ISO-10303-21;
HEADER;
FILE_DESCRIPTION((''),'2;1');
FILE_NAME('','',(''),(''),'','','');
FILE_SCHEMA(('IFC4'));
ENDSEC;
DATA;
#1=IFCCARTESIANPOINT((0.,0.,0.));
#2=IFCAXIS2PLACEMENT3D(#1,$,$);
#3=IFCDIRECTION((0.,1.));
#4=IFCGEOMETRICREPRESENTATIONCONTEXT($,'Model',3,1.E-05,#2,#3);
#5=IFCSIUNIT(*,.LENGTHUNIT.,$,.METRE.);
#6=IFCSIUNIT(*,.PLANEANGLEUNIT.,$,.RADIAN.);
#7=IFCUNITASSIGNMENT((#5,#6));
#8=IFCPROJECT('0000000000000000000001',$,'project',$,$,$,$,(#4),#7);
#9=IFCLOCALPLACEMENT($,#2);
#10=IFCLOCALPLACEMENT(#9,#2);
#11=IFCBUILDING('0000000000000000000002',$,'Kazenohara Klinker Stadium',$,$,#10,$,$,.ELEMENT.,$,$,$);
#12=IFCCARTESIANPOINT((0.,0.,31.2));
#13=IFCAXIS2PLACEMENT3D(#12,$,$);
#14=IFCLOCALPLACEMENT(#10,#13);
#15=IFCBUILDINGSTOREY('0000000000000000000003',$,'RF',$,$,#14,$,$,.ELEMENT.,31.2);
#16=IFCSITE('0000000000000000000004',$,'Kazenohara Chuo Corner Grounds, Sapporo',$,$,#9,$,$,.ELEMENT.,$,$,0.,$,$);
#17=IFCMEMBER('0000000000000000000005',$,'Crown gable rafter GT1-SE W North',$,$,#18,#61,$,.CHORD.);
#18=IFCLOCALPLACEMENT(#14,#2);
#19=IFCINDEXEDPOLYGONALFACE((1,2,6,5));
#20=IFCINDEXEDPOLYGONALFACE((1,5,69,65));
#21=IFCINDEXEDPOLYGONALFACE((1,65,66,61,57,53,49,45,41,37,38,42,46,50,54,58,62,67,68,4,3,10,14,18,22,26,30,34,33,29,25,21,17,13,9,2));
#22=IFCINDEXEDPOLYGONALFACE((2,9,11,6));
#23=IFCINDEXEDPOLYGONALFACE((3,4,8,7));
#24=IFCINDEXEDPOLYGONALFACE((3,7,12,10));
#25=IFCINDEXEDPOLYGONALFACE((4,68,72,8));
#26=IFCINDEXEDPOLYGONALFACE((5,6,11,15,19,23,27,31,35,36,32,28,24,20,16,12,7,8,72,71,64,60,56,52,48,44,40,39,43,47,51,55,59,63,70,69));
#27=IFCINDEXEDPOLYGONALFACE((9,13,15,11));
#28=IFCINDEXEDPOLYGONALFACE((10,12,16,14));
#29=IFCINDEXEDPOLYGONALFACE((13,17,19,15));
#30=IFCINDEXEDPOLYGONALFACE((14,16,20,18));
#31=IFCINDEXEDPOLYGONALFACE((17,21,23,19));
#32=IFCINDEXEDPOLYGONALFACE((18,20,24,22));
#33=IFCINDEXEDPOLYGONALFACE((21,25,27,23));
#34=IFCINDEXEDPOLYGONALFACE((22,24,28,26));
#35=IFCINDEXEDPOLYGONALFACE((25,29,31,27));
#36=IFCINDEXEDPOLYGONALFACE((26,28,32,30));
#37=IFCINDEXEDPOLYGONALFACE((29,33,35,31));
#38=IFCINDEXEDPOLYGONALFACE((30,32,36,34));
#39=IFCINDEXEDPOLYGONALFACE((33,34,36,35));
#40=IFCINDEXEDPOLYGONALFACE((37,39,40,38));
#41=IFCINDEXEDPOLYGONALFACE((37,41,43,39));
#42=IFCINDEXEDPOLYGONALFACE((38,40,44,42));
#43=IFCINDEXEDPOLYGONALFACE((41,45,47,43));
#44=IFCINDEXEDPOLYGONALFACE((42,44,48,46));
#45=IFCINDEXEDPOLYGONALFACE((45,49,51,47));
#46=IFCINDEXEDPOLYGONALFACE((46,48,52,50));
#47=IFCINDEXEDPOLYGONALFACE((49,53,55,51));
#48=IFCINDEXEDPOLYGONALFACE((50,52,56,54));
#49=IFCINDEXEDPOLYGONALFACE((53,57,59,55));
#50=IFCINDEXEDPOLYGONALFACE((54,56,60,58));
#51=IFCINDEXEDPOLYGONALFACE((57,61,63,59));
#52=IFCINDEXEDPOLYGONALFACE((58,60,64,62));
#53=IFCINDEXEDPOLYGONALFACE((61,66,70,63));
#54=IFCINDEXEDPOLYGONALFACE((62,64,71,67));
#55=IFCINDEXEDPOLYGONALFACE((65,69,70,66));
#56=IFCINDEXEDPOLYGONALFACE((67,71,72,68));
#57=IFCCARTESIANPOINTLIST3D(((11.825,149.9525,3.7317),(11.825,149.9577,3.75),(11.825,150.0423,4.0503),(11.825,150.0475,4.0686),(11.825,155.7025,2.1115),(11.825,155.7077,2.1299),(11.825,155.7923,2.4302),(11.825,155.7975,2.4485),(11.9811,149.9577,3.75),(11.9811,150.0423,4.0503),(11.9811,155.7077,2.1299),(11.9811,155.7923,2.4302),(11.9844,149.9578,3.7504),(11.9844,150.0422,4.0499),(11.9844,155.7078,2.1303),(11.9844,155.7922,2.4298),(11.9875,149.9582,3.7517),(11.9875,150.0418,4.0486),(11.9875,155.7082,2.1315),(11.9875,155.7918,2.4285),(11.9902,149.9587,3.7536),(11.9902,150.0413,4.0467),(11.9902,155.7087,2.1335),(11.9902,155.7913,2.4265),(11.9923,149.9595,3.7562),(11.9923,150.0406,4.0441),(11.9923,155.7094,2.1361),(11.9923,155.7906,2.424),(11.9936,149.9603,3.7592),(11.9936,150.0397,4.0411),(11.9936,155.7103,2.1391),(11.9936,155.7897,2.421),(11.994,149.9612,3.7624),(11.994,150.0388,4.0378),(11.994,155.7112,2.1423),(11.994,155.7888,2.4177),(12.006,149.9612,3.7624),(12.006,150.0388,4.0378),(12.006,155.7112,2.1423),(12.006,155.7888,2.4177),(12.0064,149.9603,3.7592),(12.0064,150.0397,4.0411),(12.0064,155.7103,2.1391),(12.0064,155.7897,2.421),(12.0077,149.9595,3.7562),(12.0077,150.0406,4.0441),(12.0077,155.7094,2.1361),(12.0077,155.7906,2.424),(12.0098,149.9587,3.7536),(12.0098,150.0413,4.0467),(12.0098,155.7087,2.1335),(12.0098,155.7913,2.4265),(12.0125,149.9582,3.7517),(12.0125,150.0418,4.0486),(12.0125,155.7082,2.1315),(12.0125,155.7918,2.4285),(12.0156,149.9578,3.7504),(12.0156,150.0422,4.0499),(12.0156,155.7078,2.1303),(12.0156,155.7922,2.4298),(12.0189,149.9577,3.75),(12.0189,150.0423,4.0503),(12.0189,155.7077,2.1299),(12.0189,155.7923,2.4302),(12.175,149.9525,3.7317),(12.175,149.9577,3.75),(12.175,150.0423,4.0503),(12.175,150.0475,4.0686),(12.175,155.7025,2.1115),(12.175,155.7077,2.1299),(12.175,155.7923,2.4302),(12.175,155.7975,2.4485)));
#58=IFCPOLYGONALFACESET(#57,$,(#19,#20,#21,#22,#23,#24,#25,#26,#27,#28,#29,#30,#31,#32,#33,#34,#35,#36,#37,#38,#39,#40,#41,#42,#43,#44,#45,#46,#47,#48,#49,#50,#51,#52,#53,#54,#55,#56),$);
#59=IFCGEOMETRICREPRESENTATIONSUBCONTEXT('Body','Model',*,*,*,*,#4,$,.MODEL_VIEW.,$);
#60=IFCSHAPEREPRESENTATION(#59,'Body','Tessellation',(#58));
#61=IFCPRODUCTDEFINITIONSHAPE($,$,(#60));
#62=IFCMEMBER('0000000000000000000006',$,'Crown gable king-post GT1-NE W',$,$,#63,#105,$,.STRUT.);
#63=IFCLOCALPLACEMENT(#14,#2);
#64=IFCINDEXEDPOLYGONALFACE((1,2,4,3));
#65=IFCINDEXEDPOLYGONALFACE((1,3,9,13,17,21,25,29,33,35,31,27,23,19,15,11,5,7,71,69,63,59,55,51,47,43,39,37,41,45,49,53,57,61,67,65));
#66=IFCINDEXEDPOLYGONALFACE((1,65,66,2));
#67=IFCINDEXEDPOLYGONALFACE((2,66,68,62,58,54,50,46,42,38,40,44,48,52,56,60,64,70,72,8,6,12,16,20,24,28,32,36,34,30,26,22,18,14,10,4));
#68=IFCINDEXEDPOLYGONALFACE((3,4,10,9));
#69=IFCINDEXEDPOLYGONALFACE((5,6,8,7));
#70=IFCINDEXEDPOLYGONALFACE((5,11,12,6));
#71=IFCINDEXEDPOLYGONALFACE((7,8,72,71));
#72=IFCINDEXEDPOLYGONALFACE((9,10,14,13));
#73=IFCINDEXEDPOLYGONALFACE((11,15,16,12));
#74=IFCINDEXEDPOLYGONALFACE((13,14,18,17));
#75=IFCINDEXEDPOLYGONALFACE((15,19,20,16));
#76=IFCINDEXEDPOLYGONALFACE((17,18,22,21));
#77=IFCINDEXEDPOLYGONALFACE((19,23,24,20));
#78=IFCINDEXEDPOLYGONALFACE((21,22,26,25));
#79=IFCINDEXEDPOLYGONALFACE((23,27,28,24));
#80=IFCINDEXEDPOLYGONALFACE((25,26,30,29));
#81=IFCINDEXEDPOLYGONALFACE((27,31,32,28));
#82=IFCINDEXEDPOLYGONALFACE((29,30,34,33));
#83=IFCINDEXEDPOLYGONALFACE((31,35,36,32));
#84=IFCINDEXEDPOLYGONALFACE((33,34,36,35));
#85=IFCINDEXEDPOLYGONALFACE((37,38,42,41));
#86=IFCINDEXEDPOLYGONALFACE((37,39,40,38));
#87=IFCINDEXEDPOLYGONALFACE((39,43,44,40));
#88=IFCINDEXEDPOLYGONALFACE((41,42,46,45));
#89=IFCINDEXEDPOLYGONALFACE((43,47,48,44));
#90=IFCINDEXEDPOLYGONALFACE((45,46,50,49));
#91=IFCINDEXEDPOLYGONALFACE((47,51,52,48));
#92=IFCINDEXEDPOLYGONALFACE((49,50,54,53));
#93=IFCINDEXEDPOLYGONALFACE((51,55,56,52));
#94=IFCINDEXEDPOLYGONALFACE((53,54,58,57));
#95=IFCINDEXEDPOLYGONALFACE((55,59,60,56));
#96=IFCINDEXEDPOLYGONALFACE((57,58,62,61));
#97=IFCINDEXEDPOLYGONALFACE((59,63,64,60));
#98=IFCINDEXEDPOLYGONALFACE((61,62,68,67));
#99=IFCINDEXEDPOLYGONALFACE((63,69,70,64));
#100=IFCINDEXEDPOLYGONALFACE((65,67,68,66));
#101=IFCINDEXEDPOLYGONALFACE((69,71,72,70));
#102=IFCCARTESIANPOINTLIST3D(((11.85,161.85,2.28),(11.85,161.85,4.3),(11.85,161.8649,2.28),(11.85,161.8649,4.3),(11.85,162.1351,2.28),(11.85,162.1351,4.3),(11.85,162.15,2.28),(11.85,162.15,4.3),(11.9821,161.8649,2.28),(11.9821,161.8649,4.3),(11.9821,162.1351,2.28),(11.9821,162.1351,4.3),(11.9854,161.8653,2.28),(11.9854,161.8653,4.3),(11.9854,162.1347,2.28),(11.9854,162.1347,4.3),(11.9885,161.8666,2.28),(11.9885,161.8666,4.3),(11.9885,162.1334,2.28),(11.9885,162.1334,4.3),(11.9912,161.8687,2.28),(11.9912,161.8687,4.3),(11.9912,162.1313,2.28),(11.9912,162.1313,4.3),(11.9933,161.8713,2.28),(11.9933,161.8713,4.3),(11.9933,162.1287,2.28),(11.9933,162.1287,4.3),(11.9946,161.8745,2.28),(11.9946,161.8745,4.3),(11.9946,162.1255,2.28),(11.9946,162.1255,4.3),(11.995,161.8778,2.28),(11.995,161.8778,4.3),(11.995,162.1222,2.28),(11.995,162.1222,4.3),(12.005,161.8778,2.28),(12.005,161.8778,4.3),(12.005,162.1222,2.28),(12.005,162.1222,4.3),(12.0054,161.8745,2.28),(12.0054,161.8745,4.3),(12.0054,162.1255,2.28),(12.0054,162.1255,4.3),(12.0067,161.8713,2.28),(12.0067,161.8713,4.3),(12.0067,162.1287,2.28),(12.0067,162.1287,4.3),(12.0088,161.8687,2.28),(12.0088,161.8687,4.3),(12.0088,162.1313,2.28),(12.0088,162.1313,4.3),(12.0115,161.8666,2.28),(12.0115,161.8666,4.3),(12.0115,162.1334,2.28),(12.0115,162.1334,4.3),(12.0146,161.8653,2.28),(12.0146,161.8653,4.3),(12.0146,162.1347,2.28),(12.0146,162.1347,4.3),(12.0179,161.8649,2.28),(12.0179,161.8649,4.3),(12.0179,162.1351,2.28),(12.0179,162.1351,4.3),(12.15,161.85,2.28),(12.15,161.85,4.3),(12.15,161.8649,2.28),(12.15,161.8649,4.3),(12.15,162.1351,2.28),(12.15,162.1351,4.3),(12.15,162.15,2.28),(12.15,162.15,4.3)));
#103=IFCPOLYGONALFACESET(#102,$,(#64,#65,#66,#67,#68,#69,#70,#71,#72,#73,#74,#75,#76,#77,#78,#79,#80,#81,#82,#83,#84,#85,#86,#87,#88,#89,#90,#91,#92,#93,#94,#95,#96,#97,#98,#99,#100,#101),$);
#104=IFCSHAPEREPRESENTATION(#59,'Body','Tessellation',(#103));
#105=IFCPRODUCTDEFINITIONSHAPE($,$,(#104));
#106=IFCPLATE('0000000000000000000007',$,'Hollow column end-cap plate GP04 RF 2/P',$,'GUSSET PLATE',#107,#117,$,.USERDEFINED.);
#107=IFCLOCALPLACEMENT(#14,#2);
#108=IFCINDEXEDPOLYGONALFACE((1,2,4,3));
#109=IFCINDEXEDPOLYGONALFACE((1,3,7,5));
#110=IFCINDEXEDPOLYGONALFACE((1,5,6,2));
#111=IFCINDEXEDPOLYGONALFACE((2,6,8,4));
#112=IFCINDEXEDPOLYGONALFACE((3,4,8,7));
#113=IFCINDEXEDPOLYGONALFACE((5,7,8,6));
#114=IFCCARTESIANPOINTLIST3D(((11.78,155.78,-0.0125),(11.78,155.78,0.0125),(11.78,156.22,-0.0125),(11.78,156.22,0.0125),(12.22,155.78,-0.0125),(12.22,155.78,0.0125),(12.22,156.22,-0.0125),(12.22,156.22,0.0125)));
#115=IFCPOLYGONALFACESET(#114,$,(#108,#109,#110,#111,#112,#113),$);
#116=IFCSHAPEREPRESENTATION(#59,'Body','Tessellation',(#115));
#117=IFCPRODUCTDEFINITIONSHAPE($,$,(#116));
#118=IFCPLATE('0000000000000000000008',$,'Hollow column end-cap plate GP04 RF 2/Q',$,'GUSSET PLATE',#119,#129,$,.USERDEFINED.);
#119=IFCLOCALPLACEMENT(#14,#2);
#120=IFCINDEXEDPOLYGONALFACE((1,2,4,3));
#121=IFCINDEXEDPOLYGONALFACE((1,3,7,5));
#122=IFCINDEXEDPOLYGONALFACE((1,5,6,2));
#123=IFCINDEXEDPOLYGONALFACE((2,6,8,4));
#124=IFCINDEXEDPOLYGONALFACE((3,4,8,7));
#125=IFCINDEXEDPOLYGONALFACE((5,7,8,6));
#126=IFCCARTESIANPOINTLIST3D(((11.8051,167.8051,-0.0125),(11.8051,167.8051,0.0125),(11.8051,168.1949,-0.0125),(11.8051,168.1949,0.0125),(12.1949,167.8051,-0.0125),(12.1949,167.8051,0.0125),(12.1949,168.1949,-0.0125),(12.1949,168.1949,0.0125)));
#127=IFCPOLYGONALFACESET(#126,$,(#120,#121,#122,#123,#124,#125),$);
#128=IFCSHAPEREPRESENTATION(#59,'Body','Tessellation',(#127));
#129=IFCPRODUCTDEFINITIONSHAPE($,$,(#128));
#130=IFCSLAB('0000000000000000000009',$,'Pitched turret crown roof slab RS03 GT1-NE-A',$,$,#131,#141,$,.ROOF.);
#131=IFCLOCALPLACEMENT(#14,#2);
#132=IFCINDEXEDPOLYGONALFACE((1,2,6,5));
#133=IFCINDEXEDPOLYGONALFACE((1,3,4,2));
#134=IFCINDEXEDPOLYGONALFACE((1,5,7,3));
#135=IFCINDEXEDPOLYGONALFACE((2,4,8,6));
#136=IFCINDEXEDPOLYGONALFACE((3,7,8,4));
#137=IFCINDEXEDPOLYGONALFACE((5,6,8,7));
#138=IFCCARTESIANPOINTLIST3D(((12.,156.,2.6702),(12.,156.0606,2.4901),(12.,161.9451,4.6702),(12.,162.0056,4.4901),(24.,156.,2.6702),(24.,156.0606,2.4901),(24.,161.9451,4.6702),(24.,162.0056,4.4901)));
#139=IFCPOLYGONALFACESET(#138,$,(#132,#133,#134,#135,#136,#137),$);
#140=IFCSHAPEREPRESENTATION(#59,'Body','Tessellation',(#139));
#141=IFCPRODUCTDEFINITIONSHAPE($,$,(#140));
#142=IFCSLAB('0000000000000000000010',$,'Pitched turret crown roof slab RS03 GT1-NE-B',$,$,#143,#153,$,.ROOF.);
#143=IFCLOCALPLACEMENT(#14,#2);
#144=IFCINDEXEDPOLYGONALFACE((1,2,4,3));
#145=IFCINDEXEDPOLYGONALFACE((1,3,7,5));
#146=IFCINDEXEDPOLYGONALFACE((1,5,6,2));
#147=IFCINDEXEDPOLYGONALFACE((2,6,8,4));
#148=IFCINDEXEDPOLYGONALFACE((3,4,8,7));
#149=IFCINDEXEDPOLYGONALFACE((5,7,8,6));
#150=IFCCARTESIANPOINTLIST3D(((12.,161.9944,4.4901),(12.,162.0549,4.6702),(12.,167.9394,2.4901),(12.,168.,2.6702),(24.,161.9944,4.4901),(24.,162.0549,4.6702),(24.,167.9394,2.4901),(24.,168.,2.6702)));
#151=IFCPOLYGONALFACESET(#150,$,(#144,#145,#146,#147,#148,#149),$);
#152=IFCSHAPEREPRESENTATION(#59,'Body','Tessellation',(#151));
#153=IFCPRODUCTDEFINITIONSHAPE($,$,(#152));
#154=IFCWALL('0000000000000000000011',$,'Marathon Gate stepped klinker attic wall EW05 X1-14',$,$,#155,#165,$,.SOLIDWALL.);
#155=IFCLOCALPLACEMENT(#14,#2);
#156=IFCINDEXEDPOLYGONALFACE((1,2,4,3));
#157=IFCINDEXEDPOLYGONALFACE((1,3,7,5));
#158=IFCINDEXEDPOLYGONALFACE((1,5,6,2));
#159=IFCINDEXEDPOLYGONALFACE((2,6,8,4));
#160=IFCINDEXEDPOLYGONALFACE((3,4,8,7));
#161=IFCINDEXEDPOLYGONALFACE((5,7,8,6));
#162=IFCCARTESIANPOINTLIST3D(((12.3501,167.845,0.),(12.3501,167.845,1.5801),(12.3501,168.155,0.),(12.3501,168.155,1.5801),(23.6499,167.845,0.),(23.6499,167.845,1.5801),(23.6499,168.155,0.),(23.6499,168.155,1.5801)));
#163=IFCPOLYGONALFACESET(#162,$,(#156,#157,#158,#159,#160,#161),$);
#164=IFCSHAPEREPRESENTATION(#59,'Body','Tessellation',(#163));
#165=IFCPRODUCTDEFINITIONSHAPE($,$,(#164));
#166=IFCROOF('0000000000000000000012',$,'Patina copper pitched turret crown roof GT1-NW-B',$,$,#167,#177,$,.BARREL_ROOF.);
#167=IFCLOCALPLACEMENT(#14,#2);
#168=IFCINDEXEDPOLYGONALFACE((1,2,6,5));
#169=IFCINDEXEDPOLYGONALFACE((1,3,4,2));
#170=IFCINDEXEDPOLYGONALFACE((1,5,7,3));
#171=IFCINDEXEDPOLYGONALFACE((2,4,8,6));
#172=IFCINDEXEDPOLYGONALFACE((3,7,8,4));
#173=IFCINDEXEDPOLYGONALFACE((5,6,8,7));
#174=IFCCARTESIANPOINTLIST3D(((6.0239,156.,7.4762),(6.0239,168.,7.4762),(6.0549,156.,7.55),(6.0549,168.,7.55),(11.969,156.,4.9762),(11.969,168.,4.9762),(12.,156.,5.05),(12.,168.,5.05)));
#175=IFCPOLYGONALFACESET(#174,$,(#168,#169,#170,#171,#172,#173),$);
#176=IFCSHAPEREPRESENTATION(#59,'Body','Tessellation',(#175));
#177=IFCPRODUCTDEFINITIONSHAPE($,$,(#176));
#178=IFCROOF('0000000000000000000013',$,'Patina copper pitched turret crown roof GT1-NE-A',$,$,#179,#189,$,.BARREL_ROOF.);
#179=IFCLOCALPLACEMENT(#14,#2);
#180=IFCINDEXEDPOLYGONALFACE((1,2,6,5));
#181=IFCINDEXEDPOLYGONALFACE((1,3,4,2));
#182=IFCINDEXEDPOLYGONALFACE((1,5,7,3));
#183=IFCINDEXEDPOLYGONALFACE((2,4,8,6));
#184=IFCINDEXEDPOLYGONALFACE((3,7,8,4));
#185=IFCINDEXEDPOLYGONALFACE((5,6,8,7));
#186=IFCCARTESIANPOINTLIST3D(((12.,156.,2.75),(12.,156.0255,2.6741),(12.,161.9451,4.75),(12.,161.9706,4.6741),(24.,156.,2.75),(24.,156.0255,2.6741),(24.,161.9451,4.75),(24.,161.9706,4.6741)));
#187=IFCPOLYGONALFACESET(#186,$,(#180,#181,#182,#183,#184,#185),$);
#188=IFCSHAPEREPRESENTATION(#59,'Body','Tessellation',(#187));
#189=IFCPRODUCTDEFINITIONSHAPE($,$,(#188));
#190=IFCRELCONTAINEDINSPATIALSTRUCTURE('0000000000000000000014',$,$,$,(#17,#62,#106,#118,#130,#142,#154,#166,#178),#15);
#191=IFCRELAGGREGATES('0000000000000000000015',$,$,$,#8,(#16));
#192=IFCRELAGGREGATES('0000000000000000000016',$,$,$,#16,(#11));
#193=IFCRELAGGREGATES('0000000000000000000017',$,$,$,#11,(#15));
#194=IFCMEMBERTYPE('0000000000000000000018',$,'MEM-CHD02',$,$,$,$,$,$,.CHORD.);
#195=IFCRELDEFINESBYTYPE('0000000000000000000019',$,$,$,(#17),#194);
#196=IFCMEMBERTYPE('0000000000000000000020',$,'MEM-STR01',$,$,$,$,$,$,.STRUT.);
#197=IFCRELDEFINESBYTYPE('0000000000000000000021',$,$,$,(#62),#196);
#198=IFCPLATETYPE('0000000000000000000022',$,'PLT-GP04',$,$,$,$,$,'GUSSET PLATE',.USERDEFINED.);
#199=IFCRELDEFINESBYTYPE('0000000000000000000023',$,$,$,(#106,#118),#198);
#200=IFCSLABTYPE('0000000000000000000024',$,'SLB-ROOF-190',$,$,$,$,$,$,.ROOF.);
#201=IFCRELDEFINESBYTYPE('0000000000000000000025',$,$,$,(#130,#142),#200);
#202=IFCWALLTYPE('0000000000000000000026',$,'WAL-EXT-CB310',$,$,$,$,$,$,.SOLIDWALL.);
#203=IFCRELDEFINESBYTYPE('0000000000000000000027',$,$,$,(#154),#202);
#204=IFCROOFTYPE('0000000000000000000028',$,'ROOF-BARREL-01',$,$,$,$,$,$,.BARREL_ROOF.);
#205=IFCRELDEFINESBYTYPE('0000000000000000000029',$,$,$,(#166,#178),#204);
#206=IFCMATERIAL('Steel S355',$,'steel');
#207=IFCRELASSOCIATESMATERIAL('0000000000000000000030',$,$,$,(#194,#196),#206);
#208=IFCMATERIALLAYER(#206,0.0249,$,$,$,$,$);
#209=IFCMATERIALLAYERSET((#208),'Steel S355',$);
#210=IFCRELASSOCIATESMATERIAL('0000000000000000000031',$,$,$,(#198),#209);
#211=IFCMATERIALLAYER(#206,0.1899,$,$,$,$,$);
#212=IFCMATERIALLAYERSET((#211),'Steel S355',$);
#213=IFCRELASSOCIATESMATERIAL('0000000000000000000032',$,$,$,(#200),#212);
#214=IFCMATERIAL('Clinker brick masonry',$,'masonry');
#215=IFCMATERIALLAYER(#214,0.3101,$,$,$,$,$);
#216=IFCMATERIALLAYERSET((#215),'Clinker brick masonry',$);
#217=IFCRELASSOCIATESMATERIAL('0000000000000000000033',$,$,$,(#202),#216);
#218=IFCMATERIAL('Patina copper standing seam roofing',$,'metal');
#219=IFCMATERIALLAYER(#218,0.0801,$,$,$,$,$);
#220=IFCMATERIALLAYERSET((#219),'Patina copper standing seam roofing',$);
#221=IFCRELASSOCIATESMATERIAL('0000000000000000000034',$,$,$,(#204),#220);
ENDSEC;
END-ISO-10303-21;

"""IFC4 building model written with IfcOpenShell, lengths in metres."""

from ifc_helpers import new_model, si_unit, direction, frame, frame_2d, origin, origin_2d, place, context, subcontext, project, spatial, polyline, rectangle, i_section, outline, extrude, material, layer, layer_set, material_profile, profile_set, type_object, element, save


model = new_model("IFC4")

# Units and contexts
model_context = context("Model", 3, precision=1e-05, world=origin(), true_north=direction((0.0, 1.0)))
body_context = subcontext(model_context, "Body", "Model", "MODEL_VIEW")
ifc_project = project(units=[si_unit("LENGTHUNIT", "METRE"), si_unit("PLANEANGLEUNIT", "RADIAN")], contexts=[model_context])

# Site, building, storey
site_placement = place(None, origin())
site = spatial("IfcSite", under=ifc_project, at=site_placement, Name="Kazenohara Chuo Corner Grounds, Sapporo", CompositionType="ELEMENT", RefElevation=0.0)
building_placement = place(site_placement, origin())
building = spatial("IfcBuilding", under=site, at=building_placement, Name="Kazenohara Klinker Stadium", CompositionType="ELEMENT")
storey_placement = place(building_placement, frame((0.0, 0.0, 31.2)))
storey = spatial("IfcBuildingStorey", under=building, at=storey_placement, Name="RF", CompositionType="ELEMENT", Elevation=31.2)

# Members
ifc_material_1 = material(Name="Steel S355", Category="steel")
ifc_material_profile_1 = material_profile(ifc_material_1, i_section(OverallWidth=0.3501, OverallDepth=0.3501, WebThickness=0.012, FlangeThickness=0.019, FilletRadius=0.0129, at=origin_2d()), Name="H-350x350x12x19")
ifc_profile_set_1 = profile_set([ifc_material_profile_1], Name="Steel S355")
member_type_1 = type_object("IfcMemberType", Name="MEM-CHD02", PredefinedType="CHORD", material=ifc_profile_set_1)
member_1_placement = place(storey_placement, frame((12.0, 155.75, 2.28), z_axis=(0.0, -0.962523, 0.2712), x_axis=(1.0, 0.0, 0.0)))
element("IfcMember", 1, at=member_1_placement, inside=storey, type_object=member_type_1, Name="Crown gable rafter GT1-SE W North", PredefinedType="CHORD", context=body_context, shape_type="SweptSolid", body=[
    extrude(i_section(OverallWidth=0.3501, OverallDepth=0.3501, WebThickness=0.012, FlangeThickness=0.019, FilletRadius=0.0129, at=origin_2d()), origin(), (0.0, 0.0, 1.0), 5.9739),
])
ifc_material_profile_2 = material_profile(ifc_material_1, i_section(OverallWidth=0.3, OverallDepth=0.3, WebThickness=0.01, FlangeThickness=0.0149, FilletRadius=0.0129, at=origin_2d()), Name="H-300x300x10x15")
ifc_profile_set_2 = profile_set([ifc_material_profile_2], Name="Steel S355")
member_type_2 = type_object("IfcMemberType", Name="MEM-STR01", PredefinedType="STRUT", material=ifc_profile_set_2)
member_2_placement = place(storey_placement, frame((12.0, 162.0, 2.28), z_axis=(0.0, 0.0, 1.0), x_axis=(1.0, 0.0, 0.0)))
element("IfcMember", 2, at=member_2_placement, inside=storey, type_object=member_type_2, Name="Crown gable king-post GT1-NE W", PredefinedType="STRUT", context=body_context, shape_type="SweptSolid", body=[
    extrude(i_section(OverallWidth=0.3, OverallDepth=0.3, WebThickness=0.01, FlangeThickness=0.0149, FilletRadius=0.0129, at=origin_2d()), origin(), (0.0, 0.0, 1.0), 2.02),
])

# Plates
ifc_layer_1 = layer(ifc_material_1, 0.0249)
ifc_layer_set_1 = layer_set([ifc_layer_1], Name="Steel S355")
plate_type = type_object("IfcPlateType", Name="PLT-GP04", ElementType="GUSSET PLATE", PredefinedType="USERDEFINED", material=ifc_layer_set_1)
plate_1_placement = place(storey_placement, frame((12.0, 156.0, -0.0125), z_axis=(0.0, 0.0, 1.0), x_axis=(1.0, 0.0, 0.0)))
element("IfcPlate", 3, at=plate_1_placement, inside=storey, type_object=plate_type, Name="Hollow column end-cap plate GP04 RF 2/P", ObjectType="GUSSET PLATE", PredefinedType="USERDEFINED", context=body_context, shape_type="SweptSolid", body=[
    extrude(rectangle(XDim=0.4399, YDim=0.4399, at=origin_2d()), origin(), (0.0, 0.0, 1.0), 0.0249),
])
plate_2_placement = place(storey_placement, frame((12.0, 168.0, -0.0125), z_axis=(0.0, 0.0, 1.0), x_axis=(1.0, 0.0, 0.0)))
element("IfcPlate", 4, at=plate_2_placement, inside=storey, type_object=plate_type, Name="Hollow column end-cap plate GP04 RF 2/Q", ObjectType="GUSSET PLATE", PredefinedType="USERDEFINED", context=body_context, shape_type="SweptSolid", body=[
    extrude(rectangle(XDim=0.3899, YDim=0.3899, at=origin_2d()), origin(), (0.0, 0.0, 1.0), 0.0249),
])

# Slabs
ifc_layer_2 = layer(ifc_material_1, 0.1899)
ifc_layer_set_2 = layer_set([ifc_layer_2], Name="Steel S355")
slab_type = type_object("IfcSlabType", Name="SLB-ROOF-190", PredefinedType="ROOF", material=ifc_layer_set_2)
for number, where, z_axis, x_axis, name in (
    (5, (12.0, 156.0, 2.6702), (0.0, -0.318854, 0.947804), (1.0, 0.0, 0.0), "Pitched turret crown roof slab RS03 GT1-NE-A"),
    (6, (12.0, 162.0549, 4.6702), (0.0, 0.318854, 0.947804), (1.0, 0.0, 0.0), "Pitched turret crown roof slab RS03 GT1-NE-B"),
):
    element("IfcSlab", number, at=place(storey_placement, frame(where, z_axis=z_axis, x_axis=x_axis)), inside=storey, type_object=slab_type, Name=name, PredefinedType="ROOF", context=body_context, shape_type="SweptSolid", body=[
        extrude(outline(polyline([(0.0, 0.0), (12.0, 0.0), (12.0, 6.2725), (0.0, 6.2725), (0.0, 0.0)])), origin(), (0.0, 0.0, -1.0), 0.1899),
    ])

# Wall
ifc_material_2 = material(Name="Clinker brick masonry", Category="masonry")
ifc_layer_3 = layer(ifc_material_2, 0.3101)
ifc_layer_set_3 = layer_set([ifc_layer_3], Name="Clinker brick masonry")
wall_type = type_object("IfcWallType", Name="WAL-EXT-CB310", PredefinedType="SOLIDWALL", material=ifc_layer_set_3)
wall_placement = place(storey_placement, frame((12.3501, 168.0, 0.0), z_axis=(0.0, 0.0, 1.0), x_axis=(1.0, 0.0, 0.0)))
element("IfcWall", 7, at=wall_placement, inside=storey, type_object=wall_type, Name="Marathon Gate stepped klinker attic wall EW05 X1-14", PredefinedType="SOLIDWALL", context=body_context, shape_type="SweptSolid", body=[
    extrude(rectangle(XDim=11.2998, YDim=0.3101, at=frame_2d((5.6499, 0.0))), origin(), (0.0, 0.0, 1.0), 1.5801),
])

# Roofs
ifc_material_3 = material(Name="Patina copper standing seam roofing", Category="metal")
ifc_layer_4 = layer(ifc_material_3, 0.0801)
ifc_layer_set_4 = layer_set([ifc_layer_4], Name="Patina copper standing seam roofing")
roof_type = type_object("IfcRoofType", Name="ROOF-BARREL-01", PredefinedType="BARREL_ROOF", material=ifc_layer_set_4)
roof_placement = place(storey_placement, frame((6.0549, 156.0, 7.55), z_axis=(0.387637, 0.0, 0.921812), x_axis=(0.921812, 0.0, -0.387637)))
element("IfcRoof", 8, at=roof_placement, inside=storey, type_object=roof_type, Name="Patina copper pitched turret crown roof GT1-NW-B", PredefinedType="BARREL_ROOF", context=body_context, shape_type="SweptSolid", body=[
    extrude(outline(polyline([(0.0, 0.0), (6.4493, 0.0), (6.4493, 12.0), (0.0, 12.0), (0.0, 0.0)])), origin(), (0.0, 0.0, -1.0), 0.0801),
])
for number, where, z_axis, x_axis, name in (
    (9, (12.0, 156.0, 2.75), (0.0, -0.318854, 0.947804), (1.0, 0.0, 0.0), "Patina copper pitched turret crown roof GT1-NE-A"),
):
    element("IfcRoof", number, at=place(storey_placement, frame(where, z_axis=z_axis, x_axis=x_axis)), inside=storey, type_object=roof_type, Name=name, PredefinedType="BARREL_ROOF", context=body_context, shape_type="SweptSolid", body=[
        extrude(outline(polyline([(0.0, 0.0), (12.0, 0.0), (12.0, 6.2725), (0.0, 6.2725), (0.0, 0.0)])), origin(), (0.0, 0.0, -1.0), 0.0801),
    ])

save(model, "model.ifc")
